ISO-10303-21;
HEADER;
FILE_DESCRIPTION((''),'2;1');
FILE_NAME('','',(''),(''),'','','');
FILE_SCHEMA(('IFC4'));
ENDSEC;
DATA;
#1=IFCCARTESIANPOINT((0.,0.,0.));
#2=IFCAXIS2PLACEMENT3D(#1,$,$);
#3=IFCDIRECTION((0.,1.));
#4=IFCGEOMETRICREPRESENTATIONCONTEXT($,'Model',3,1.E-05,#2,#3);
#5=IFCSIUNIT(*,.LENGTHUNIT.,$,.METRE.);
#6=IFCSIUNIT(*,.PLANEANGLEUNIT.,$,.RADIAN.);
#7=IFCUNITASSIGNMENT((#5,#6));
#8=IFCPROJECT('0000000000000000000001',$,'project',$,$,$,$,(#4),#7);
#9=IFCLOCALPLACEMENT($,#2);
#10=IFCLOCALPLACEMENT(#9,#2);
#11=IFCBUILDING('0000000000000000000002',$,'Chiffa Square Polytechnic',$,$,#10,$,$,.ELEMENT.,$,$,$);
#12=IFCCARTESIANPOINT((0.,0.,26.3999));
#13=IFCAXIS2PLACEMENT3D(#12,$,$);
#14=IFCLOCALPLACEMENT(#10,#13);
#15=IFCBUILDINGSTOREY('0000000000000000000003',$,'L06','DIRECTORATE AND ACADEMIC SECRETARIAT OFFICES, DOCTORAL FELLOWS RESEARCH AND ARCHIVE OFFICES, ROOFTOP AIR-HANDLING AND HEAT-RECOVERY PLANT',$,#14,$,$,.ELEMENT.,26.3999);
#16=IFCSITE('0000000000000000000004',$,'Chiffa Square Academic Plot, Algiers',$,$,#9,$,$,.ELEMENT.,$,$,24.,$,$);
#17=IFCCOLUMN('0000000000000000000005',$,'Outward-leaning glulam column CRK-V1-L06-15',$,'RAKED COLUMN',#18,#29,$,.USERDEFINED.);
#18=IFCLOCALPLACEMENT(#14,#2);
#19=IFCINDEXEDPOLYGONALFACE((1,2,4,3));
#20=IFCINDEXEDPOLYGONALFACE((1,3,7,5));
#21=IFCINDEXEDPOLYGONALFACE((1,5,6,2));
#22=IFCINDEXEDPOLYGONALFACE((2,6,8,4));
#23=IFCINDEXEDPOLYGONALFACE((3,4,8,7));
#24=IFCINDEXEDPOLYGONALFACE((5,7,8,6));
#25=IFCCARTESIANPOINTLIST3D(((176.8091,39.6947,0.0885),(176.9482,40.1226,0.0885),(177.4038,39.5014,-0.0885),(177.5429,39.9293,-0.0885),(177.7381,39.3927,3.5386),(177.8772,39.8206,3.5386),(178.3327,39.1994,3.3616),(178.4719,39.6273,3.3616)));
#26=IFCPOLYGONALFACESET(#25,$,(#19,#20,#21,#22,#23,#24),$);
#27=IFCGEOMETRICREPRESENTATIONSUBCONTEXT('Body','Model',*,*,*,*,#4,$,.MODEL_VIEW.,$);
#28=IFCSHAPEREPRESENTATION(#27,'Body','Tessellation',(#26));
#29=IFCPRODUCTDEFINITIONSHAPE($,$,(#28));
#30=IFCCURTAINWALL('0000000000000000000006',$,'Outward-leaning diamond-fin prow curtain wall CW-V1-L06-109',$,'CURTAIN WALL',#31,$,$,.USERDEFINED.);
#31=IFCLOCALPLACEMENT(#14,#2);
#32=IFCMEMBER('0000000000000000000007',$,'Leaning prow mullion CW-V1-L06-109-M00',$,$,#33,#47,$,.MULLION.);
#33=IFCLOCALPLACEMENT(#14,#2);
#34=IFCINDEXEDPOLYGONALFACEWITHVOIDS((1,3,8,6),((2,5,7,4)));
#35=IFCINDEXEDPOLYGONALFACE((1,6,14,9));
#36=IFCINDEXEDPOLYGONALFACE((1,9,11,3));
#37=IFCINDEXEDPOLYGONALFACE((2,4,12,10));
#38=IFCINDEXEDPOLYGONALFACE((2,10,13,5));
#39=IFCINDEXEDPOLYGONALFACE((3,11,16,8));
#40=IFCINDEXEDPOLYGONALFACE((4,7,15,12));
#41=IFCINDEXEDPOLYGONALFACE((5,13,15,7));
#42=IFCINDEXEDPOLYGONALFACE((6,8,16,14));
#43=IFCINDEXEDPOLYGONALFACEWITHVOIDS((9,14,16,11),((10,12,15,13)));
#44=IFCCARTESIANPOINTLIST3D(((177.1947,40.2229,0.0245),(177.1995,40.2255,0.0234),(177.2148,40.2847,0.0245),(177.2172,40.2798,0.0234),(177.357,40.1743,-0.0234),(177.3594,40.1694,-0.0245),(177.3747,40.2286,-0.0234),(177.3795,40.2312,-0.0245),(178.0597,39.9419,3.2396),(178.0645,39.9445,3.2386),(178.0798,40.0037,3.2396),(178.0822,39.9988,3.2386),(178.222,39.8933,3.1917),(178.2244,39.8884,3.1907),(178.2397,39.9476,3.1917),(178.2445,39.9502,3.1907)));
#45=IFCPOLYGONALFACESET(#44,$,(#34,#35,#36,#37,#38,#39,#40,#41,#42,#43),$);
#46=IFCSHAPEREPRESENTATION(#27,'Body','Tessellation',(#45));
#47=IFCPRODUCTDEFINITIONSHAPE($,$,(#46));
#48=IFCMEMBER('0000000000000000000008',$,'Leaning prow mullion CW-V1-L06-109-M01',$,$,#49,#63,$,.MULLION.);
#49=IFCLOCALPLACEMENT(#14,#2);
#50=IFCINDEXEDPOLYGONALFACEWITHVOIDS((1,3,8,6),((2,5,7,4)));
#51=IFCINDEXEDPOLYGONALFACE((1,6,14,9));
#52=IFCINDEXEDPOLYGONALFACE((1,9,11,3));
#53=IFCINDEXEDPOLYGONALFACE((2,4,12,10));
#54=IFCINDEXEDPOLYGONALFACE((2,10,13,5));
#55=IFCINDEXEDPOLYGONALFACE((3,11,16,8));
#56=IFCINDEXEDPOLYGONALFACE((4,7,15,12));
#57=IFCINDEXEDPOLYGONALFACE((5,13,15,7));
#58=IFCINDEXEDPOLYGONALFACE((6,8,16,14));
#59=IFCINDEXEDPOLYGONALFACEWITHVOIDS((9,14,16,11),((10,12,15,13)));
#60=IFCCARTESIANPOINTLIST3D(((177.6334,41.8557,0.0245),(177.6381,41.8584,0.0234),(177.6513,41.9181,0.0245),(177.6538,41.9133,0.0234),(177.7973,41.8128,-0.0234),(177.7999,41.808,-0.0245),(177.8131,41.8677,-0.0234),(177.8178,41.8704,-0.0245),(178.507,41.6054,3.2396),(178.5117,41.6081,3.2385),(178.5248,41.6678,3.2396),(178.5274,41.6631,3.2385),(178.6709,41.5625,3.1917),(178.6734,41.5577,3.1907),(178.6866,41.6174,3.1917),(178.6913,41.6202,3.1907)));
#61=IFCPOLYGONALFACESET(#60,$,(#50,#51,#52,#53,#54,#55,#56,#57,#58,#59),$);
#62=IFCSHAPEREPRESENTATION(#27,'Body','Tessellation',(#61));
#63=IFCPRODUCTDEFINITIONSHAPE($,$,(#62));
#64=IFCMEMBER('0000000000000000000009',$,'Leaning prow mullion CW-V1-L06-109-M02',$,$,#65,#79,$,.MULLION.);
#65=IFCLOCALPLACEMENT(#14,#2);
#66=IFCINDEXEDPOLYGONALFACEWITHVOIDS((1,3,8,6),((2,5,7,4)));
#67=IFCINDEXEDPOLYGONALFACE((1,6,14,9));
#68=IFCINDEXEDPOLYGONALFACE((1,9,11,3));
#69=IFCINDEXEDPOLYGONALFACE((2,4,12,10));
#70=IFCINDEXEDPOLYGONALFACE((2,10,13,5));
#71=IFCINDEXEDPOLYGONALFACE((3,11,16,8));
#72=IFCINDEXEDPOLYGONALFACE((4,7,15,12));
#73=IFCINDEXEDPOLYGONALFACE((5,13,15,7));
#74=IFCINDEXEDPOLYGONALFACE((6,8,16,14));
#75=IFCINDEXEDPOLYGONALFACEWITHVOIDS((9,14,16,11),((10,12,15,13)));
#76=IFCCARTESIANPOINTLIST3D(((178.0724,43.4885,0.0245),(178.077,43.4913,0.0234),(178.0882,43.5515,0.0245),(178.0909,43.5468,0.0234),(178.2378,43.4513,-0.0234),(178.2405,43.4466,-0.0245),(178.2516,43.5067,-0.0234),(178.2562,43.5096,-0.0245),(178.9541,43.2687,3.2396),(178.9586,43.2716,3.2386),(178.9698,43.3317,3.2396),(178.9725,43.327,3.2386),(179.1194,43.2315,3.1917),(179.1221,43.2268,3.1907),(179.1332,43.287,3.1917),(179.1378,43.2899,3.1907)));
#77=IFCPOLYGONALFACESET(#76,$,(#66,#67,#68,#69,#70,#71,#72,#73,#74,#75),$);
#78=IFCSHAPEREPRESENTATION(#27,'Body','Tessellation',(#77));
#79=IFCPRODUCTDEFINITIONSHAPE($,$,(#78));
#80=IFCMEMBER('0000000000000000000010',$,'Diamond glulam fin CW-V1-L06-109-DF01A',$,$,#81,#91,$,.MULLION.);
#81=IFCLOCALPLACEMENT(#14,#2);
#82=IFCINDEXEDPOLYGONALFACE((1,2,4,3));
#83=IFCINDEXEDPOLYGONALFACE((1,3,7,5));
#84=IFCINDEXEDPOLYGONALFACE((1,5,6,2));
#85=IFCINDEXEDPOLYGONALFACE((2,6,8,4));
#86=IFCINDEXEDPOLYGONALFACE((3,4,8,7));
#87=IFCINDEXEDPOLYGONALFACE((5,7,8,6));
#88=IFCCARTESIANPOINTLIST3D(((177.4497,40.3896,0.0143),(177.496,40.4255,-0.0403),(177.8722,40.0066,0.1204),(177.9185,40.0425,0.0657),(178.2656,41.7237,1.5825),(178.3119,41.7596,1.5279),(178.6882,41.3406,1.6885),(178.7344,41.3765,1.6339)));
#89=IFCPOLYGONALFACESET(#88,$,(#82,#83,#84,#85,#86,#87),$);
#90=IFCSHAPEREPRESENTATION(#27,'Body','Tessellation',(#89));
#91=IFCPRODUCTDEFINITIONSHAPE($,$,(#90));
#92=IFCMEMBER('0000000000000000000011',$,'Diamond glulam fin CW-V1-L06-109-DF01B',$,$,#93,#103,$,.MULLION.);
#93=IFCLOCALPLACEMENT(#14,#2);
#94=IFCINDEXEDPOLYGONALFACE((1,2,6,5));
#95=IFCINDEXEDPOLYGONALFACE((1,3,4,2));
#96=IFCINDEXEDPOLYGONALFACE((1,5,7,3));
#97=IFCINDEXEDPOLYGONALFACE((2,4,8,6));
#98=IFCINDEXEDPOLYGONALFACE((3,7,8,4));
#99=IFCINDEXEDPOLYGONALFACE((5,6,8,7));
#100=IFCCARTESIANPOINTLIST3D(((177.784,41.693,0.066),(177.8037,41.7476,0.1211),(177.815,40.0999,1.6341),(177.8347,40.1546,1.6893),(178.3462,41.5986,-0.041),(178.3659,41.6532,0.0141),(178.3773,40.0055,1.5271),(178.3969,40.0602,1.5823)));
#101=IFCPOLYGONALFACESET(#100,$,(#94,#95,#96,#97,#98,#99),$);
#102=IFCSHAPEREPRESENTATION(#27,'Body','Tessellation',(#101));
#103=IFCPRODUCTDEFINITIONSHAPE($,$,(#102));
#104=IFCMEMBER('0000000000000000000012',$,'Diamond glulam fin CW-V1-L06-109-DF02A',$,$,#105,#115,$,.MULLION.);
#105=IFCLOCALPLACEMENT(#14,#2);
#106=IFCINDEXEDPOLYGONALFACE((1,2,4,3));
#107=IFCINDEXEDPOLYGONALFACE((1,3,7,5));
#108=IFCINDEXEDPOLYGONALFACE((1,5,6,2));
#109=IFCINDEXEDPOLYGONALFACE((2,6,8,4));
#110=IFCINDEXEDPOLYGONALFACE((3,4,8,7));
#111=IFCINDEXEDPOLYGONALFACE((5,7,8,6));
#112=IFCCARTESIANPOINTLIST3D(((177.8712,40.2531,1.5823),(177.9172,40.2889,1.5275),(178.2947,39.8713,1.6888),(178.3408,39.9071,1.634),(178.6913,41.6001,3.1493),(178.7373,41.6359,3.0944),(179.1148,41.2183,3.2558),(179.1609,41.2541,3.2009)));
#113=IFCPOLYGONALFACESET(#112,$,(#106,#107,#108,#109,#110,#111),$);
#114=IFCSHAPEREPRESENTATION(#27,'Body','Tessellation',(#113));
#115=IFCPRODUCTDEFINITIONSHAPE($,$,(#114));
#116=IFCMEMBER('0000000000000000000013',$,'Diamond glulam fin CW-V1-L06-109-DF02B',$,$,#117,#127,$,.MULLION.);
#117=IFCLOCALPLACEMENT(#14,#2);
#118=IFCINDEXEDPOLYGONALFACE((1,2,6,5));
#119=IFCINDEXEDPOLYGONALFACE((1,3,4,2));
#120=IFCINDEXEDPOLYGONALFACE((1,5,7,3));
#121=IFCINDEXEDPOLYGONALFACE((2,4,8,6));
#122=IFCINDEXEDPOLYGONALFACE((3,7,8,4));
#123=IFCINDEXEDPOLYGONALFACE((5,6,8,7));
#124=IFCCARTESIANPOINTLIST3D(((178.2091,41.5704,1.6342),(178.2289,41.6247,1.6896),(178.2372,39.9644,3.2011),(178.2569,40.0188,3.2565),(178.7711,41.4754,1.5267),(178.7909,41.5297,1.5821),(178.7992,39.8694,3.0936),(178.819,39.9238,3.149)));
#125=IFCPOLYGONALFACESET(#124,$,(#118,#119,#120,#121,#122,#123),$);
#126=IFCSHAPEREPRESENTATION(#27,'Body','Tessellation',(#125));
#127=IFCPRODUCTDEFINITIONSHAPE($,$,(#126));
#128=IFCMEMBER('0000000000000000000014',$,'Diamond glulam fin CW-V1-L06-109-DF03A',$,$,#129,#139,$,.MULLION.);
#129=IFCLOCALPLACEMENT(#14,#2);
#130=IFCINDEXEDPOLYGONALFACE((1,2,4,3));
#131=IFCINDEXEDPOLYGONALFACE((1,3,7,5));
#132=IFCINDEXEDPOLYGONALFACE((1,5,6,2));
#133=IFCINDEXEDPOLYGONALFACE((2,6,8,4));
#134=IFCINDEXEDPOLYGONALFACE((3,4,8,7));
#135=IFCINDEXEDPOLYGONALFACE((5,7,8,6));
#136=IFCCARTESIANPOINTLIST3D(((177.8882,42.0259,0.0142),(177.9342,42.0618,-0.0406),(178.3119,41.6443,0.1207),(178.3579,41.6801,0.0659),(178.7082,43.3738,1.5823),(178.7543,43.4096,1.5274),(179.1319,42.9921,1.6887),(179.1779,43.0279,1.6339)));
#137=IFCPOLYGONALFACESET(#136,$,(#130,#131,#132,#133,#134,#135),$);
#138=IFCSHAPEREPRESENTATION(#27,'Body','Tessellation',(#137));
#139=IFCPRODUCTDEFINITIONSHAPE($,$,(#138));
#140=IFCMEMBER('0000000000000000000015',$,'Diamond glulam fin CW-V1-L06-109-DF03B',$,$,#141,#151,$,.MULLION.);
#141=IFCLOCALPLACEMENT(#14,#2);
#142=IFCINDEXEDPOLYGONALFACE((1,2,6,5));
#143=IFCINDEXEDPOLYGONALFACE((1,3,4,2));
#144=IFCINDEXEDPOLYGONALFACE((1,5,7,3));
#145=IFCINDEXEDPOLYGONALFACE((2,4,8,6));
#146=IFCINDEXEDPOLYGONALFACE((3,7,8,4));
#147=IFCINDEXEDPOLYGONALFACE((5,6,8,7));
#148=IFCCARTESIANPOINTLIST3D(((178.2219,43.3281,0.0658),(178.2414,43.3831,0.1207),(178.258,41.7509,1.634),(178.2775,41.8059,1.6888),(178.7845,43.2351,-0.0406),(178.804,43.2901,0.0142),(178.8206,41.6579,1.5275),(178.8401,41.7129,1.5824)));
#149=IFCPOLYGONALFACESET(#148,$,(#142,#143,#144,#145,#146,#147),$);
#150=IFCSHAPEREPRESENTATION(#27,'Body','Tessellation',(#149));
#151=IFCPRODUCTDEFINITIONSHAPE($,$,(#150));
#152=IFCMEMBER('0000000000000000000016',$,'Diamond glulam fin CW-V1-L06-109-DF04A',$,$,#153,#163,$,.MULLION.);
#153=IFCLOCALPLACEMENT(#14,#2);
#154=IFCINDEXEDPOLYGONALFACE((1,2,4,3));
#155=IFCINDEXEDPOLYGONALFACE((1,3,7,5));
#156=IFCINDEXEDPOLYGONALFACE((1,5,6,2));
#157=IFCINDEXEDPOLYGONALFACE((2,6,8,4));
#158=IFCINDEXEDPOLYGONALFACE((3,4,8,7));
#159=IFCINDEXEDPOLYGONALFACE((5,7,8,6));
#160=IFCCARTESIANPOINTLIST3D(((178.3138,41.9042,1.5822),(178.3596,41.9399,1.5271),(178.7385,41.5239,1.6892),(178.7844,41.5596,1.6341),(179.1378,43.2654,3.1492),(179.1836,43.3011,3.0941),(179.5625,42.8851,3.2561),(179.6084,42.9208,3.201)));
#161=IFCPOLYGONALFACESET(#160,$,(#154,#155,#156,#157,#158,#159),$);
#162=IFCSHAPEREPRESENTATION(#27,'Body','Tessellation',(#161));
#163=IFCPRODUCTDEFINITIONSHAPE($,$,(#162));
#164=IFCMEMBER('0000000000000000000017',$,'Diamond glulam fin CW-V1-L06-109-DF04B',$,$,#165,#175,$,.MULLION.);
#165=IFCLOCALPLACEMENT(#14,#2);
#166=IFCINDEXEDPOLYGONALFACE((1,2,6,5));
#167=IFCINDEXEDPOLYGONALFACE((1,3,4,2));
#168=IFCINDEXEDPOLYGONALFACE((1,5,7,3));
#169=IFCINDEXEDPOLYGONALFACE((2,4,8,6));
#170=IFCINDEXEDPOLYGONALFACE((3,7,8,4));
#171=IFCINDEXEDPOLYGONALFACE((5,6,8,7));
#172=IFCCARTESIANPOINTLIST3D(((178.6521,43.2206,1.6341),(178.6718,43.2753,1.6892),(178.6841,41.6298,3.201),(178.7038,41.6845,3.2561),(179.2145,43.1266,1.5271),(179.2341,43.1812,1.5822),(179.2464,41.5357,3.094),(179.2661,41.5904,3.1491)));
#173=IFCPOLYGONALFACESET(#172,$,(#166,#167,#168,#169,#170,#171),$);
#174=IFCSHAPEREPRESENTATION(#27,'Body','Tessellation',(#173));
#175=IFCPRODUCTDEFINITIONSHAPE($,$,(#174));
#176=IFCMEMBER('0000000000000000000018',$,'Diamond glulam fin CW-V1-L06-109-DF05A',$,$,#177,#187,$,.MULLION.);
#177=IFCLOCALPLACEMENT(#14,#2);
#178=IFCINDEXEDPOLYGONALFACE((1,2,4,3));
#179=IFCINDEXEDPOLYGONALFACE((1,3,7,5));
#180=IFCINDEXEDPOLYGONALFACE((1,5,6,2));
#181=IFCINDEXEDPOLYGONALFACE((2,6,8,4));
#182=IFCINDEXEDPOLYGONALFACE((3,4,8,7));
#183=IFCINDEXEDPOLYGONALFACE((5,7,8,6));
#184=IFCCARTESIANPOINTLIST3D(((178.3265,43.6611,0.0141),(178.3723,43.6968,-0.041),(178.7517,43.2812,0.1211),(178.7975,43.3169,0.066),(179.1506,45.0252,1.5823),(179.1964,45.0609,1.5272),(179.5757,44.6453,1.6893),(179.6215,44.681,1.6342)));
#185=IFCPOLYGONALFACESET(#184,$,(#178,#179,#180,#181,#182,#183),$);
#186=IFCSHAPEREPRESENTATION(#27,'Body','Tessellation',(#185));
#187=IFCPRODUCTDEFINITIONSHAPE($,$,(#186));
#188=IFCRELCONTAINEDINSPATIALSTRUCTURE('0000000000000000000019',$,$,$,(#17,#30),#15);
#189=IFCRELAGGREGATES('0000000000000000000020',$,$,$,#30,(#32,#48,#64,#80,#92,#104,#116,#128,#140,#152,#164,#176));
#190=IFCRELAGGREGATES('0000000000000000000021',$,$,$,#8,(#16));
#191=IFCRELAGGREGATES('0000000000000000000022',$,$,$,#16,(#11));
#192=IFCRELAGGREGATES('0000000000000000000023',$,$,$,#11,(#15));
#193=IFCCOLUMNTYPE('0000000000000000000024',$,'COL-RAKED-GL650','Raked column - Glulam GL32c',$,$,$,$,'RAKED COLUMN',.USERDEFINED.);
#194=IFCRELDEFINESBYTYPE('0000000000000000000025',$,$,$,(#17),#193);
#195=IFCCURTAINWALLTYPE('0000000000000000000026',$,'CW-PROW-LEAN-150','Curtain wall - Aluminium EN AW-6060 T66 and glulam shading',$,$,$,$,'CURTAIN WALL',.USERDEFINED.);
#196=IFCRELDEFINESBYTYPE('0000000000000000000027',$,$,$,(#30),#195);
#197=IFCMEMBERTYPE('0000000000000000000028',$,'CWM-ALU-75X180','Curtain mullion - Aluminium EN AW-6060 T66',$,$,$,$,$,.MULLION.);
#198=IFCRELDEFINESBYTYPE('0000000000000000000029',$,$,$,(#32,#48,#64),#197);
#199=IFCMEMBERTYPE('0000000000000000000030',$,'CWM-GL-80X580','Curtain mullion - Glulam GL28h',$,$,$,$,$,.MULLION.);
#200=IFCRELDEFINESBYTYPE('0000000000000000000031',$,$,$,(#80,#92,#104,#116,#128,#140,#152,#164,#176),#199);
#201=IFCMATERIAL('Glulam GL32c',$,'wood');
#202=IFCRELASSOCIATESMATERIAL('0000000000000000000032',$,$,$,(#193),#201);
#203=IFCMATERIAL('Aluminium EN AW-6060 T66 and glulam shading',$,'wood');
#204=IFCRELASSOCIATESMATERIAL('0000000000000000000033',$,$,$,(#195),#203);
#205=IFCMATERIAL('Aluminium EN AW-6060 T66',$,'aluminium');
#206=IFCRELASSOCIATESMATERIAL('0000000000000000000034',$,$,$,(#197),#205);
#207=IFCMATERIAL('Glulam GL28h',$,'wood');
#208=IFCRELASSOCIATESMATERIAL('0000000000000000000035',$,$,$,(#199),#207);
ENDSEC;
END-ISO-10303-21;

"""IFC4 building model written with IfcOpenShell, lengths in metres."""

from ifc_helpers import new_model, si_unit, direction, frame, origin, origin_2d, place, context, subcontext, project, spatial, rectangle, hollow_rectangle, extrude, material, material_profile, profile_set, type_object, element, aggregate, save


model = new_model("IFC4")

# Units and contexts
model_context = context("Model", 3, precision=1e-05, world=origin(), true_north=direction((0.0, 1.0)))
body_context = subcontext(model_context, "Body", "Model", "MODEL_VIEW")
ifc_project = project(units=[si_unit("LENGTHUNIT", "METRE"), si_unit("PLANEANGLEUNIT", "RADIAN")], contexts=[model_context])

# Site, building, storey
site_placement = place(None, origin())
site = spatial("IfcSite", under=ifc_project, at=site_placement, Name="Chiffa Square Academic Plot, Algiers", CompositionType="ELEMENT", RefElevation=24.0)
building_placement = place(site_placement, origin())
building = spatial("IfcBuilding", under=site, at=building_placement, Name="Chiffa Square Polytechnic", CompositionType="ELEMENT")
storey_placement = place(building_placement, frame((0.0, 0.0, 26.3999)))
storey = spatial("IfcBuildingStorey", under=building, at=storey_placement, Name="L06", Description="DIRECTORATE AND ACADEMIC SECRETARIAT OFFICES, DOCTORAL FELLOWS RESEARCH AND ARCHIVE OFFICES, ROOFTOP AIR-HANDLING AND HEAT-RECOVERY PLANT", CompositionType="ELEMENT", Elevation=26.3999)

# Column
ifc_material_1 = material(Name="Glulam GL32c", Category="wood")
ifc_material_profile_1 = material_profile(ifc_material_1, rectangle(XDim=0.45, YDim=0.6499, at=origin_2d()), Name="GL32c 450x650")
ifc_profile_set_1 = profile_set([ifc_material_profile_1], Name="Glulam GL32c")
column_type = type_object("IfcColumnType", Name="COL-RAKED-GL650", Description="Raked column - Glulam GL32c", ElementType="RAKED COLUMN", PredefinedType="USERDEFINED", material=ifc_profile_set_1)
column_placement = place(storey_placement, frame((177.176, 39.812, 0.0), z_axis=(0.259064, -0.084221, 0.962181), x_axis=(0.309171, 0.951007, 0.0)))
element("IfcColumn", 1, at=column_placement, inside=storey, type_object=column_type, Name="Outward-leaning glulam column CRK-V1-L06-15", ObjectType="RAKED COLUMN", PredefinedType="USERDEFINED", context=body_context, shape_type="SweptSolid", body=[
    extrude(rectangle(XDim=0.45, YDim=0.6499, at=origin_2d()), origin(), (0.0, 0.0, 1.0), 3.5857),
])

# Curtain wall, members
ifc_material_2 = material(Name="Aluminium EN AW-6060 T66 and glulam shading", Category="wood")
curtain_wall_type = type_object("IfcCurtainWallType", Name="CW-PROW-LEAN-150", Description="Curtain wall - Aluminium EN AW-6060 T66 and glulam shading", ElementType="CURTAIN WALL", PredefinedType="USERDEFINED", material=ifc_material_2)
curtain_wall_placement = place(storey_placement, origin())
curtain_wall = element("IfcCurtainWall", 2, at=curtain_wall_placement, inside=storey, type_object=curtain_wall_type, Name="Outward-leaning diamond-fin prow curtain wall CW-V1-L06-109", ObjectType="CURTAIN WALL", PredefinedType="USERDEFINED")
ifc_material_3 = material(Name="Aluminium EN AW-6060 T66", Category="aluminium")
ifc_material_profile_2 = material_profile(ifc_material_3, hollow_rectangle(XDim=0.0649, YDim=0.1799, WallThickness=0.0039, at=origin_2d()), Name="ALU 65x180x4")
ifc_profile_set_2 = profile_set([ifc_material_profile_2], Name="Aluminium EN AW-6060 T66")
member_type_1 = type_object("IfcMemberType", Name="CWM-ALU-75X180", Description="Curtain mullion - Aluminium EN AW-6060 T66", PredefinedType="MULLION", material=ifc_profile_set_2)
member_1_placement = place(storey_placement, frame((177.2871, 40.2271, 0.0), z_axis=(0.258882, -0.084102, 0.962241), x_axis=(0.308971, 0.951072, 0.0)))
member_1 = element("IfcMember", 3, at=member_1_placement, type_object=member_type_1, Name="Leaning prow mullion CW-V1-L06-109-M00", PredefinedType="MULLION", context=body_context, shape_type="SweptSolid", body=[
    extrude(hollow_rectangle(XDim=0.0649, YDim=0.1799, WallThickness=0.0039, at=origin_2d()), origin(), (0.0, 0.0, 1.0), 3.3413),
])
member_2_placement = place(storey_placement, frame((177.7256, 41.863, 0.0), z_axis=(0.261457, -0.0749, 0.962305), x_axis=(0.275395, 0.961331, 0.0)))
member_2 = element("IfcMember", 4, at=member_2_placement, type_object=member_type_1, Name="Leaning prow mullion CW-V1-L06-109-M01", PredefinedType="MULLION", context=body_context, shape_type="SweptSolid", body=[
    extrude(hollow_rectangle(XDim=0.0649, YDim=0.1799, WallThickness=0.0039, at=origin_2d()), origin(), (0.0, 0.0, 1.0), 3.3411),
])
member_3_placement = place(storey_placement, frame((178.1643, 43.499, 0.0), z_axis=(0.263871, -0.065767, 0.962313), x_axis=(0.24184, 0.970316, 0.0)))
member_3 = element("IfcMember", 5, at=member_3_placement, type_object=member_type_1, Name="Leaning prow mullion CW-V1-L06-109-M02", PredefinedType="MULLION", context=body_context, shape_type="SweptSolid", body=[
    extrude(hollow_rectangle(XDim=0.0649, YDim=0.1799, WallThickness=0.0039, at=origin_2d()), origin(), (0.0, 0.0, 1.0), 3.3411),
])
ifc_material_4 = material(Name="Glulam GL28h", Category="wood")
ifc_material_profile_3 = material_profile(ifc_material_4, rectangle(XDim=0.0801, YDim=0.5801, at=origin_2d()), Name="GL28h 80x580")
ifc_profile_set_3 = profile_set([ifc_material_profile_3], Name="Glulam GL28h")
member_type_2 = type_object("IfcMemberType", Name="CWM-GL-80X580", Description="Curtain mullion - Glulam GL28h", PredefinedType="MULLION", material=ifc_profile_set_3)
member_4_placement = place(storey_placement, frame((177.6841, 40.2161, 0.04), z_axis=(0.368435, 0.602373, 0.708097), x_axis=(-0.577674, -0.448435, 0.682055)))
member_4 = element("IfcMember", 6, at=member_4_placement, type_object=member_type_2, Name="Diamond glulam fin CW-V1-L06-109-DF01A", PredefinedType="MULLION", context=body_context, shape_type="SweptSolid", body=[
    extrude(rectangle(XDim=0.0801, YDim=0.5801, at=origin_2d()), origin(), (0.0, 0.0, 1.0), 2.2146),
])
member_5_placement = place(storey_placement, frame((178.075, 41.6731, 0.04), z_axis=(0.013869, -0.712586, 0.701447), x_axis=(0.245585, 0.682454, 0.688436)))
member_5 = element("IfcMember", 7, at=member_5_placement, type_object=member_type_2, Name="Diamond glulam fin CW-V1-L06-109-DF01B", PredefinedType="MULLION", context=body_context, shape_type="SweptSolid", body=[
    extrude(rectangle(XDim=0.0801, YDim=0.5801, at=origin_2d()), origin(), (0.0, 0.0, 1.0), 2.2356),
])
member_6_placement = place(storey_placement, frame((178.106, 40.0801, 1.6082), z_axis=(0.368896, 0.605895, 0.704845), x_axis=(-0.575126, -0.446928, 0.68519)))
member_6 = element("IfcMember", 8, at=member_6_placement, type_object=member_type_2, Name="Diamond glulam fin CW-V1-L06-109-DF02A", PredefinedType="MULLION", context=body_context, shape_type="SweptSolid", body=[
    extrude(rectangle(XDim=0.0801, YDim=0.5801, at=origin_2d()), origin(), (0.0, 0.0, 1.0), 2.2231),
])
member_7_placement = place(storey_placement, frame((178.5, 41.55, 1.6082), z_axis=(0.012512, -0.715702, 0.698294), x_axis=(0.246989, 0.678921, 0.691421)))
member_7 = element("IfcMember", 9, at=member_7_placement, type_object=member_type_2, Name="Diamond glulam fin CW-V1-L06-109-DF02B", PredefinedType="MULLION", context=body_context, shape_type="SweptSolid", body=[
    extrude(rectangle(XDim=0.0801, YDim=0.5801, at=origin_2d()), origin(), (0.0, 0.0, 1.0), 2.2439),
])
member_8_placement = place(storey_placement, frame((178.123, 41.853, 0.04), z_axis=(0.368655, 0.605938, 0.704934), x_axis=(-0.575027, -0.447186, 0.685105)))
member_8 = element("IfcMember", 10, at=member_8_placement, type_object=member_type_2, Name="Diamond glulam fin CW-V1-L06-109-DF03A", PredefinedType="MULLION", context=body_context, shape_type="SweptSolid", body=[
    extrude(rectangle(XDim=0.0801, YDim=0.5801, at=origin_2d()), origin(), (0.0, 0.0, 1.0), 2.2244),
])
member_9_placement = place(storey_placement, frame((178.5129, 43.3091, 0.04), z_axis=(0.016244, -0.709041, 0.70498), x_axis=(0.243154, 0.686708, 0.685061)))
member_9 = element("IfcMember", 11, at=member_9_placement, type_object=member_type_2, Name="Diamond glulam fin CW-V1-L06-109-DF03B", PredefinedType="MULLION", context=body_context, shape_type="SweptSolid", body=[
    extrude(rectangle(XDim=0.0801, YDim=0.5801, at=origin_2d()), origin(), (0.0, 0.0, 1.0), 2.2244),
])
member_10_placement = place(storey_placement, frame((178.5491, 41.7319, 1.6082), z_axis=(0.368986, 0.60951, 0.701674), x_axis=(-0.572407, -0.445762, 0.68822)))
member_10 = element("IfcMember", 12, at=member_10_placement, type_object=member_type_2, Name="Diamond glulam fin CW-V1-L06-109-DF04A", PredefinedType="MULLION", context=body_context, shape_type="SweptSolid", body=[
    extrude(rectangle(XDim=0.0801, YDim=0.5801, at=origin_2d()), origin(), (0.0, 0.0, 1.0), 2.2332),
])
member_11_placement = place(storey_placement, frame((178.9431, 43.2009, 1.6082), z_axis=(0.014322, -0.712371, 0.701657), x_axis=(0.245144, 0.682814, 0.688237)))
member_11 = element("IfcMember", 13, at=member_11_placement, type_object=member_type_2, Name="Diamond glulam fin CW-V1-L06-109-DF04B", PredefinedType="MULLION", context=body_context, shape_type="SweptSolid", body=[
    extrude(rectangle(XDim=0.0801, YDim=0.5801, at=origin_2d()), origin(), (0.0, 0.0, 1.0), 2.2332),
])
member_12_placement = place(storey_placement, frame((178.562, 43.489, 0.04), z_axis=(0.36855, 0.6101, 0.701391), x_axis=(-0.571841, -0.446072, 0.688489)))
member_12 = element("IfcMember", 14, at=member_12_placement, type_object=member_type_2, Name="Diamond glulam fin CW-V1-L06-109-DF05A", PredefinedType="MULLION", context=body_context, shape_type="SweptSolid", body=[
    extrude(rectangle(XDim=0.0801, YDim=0.5801, at=origin_2d()), origin(), (0.0, 0.0, 1.0), 2.2358),
])
aggregate(curtain_wall, [member_1, member_2, member_3, member_4, member_5, member_6, member_7, member_8, member_9, member_10, member_11, member_12])

save(model, "model.ifc")
